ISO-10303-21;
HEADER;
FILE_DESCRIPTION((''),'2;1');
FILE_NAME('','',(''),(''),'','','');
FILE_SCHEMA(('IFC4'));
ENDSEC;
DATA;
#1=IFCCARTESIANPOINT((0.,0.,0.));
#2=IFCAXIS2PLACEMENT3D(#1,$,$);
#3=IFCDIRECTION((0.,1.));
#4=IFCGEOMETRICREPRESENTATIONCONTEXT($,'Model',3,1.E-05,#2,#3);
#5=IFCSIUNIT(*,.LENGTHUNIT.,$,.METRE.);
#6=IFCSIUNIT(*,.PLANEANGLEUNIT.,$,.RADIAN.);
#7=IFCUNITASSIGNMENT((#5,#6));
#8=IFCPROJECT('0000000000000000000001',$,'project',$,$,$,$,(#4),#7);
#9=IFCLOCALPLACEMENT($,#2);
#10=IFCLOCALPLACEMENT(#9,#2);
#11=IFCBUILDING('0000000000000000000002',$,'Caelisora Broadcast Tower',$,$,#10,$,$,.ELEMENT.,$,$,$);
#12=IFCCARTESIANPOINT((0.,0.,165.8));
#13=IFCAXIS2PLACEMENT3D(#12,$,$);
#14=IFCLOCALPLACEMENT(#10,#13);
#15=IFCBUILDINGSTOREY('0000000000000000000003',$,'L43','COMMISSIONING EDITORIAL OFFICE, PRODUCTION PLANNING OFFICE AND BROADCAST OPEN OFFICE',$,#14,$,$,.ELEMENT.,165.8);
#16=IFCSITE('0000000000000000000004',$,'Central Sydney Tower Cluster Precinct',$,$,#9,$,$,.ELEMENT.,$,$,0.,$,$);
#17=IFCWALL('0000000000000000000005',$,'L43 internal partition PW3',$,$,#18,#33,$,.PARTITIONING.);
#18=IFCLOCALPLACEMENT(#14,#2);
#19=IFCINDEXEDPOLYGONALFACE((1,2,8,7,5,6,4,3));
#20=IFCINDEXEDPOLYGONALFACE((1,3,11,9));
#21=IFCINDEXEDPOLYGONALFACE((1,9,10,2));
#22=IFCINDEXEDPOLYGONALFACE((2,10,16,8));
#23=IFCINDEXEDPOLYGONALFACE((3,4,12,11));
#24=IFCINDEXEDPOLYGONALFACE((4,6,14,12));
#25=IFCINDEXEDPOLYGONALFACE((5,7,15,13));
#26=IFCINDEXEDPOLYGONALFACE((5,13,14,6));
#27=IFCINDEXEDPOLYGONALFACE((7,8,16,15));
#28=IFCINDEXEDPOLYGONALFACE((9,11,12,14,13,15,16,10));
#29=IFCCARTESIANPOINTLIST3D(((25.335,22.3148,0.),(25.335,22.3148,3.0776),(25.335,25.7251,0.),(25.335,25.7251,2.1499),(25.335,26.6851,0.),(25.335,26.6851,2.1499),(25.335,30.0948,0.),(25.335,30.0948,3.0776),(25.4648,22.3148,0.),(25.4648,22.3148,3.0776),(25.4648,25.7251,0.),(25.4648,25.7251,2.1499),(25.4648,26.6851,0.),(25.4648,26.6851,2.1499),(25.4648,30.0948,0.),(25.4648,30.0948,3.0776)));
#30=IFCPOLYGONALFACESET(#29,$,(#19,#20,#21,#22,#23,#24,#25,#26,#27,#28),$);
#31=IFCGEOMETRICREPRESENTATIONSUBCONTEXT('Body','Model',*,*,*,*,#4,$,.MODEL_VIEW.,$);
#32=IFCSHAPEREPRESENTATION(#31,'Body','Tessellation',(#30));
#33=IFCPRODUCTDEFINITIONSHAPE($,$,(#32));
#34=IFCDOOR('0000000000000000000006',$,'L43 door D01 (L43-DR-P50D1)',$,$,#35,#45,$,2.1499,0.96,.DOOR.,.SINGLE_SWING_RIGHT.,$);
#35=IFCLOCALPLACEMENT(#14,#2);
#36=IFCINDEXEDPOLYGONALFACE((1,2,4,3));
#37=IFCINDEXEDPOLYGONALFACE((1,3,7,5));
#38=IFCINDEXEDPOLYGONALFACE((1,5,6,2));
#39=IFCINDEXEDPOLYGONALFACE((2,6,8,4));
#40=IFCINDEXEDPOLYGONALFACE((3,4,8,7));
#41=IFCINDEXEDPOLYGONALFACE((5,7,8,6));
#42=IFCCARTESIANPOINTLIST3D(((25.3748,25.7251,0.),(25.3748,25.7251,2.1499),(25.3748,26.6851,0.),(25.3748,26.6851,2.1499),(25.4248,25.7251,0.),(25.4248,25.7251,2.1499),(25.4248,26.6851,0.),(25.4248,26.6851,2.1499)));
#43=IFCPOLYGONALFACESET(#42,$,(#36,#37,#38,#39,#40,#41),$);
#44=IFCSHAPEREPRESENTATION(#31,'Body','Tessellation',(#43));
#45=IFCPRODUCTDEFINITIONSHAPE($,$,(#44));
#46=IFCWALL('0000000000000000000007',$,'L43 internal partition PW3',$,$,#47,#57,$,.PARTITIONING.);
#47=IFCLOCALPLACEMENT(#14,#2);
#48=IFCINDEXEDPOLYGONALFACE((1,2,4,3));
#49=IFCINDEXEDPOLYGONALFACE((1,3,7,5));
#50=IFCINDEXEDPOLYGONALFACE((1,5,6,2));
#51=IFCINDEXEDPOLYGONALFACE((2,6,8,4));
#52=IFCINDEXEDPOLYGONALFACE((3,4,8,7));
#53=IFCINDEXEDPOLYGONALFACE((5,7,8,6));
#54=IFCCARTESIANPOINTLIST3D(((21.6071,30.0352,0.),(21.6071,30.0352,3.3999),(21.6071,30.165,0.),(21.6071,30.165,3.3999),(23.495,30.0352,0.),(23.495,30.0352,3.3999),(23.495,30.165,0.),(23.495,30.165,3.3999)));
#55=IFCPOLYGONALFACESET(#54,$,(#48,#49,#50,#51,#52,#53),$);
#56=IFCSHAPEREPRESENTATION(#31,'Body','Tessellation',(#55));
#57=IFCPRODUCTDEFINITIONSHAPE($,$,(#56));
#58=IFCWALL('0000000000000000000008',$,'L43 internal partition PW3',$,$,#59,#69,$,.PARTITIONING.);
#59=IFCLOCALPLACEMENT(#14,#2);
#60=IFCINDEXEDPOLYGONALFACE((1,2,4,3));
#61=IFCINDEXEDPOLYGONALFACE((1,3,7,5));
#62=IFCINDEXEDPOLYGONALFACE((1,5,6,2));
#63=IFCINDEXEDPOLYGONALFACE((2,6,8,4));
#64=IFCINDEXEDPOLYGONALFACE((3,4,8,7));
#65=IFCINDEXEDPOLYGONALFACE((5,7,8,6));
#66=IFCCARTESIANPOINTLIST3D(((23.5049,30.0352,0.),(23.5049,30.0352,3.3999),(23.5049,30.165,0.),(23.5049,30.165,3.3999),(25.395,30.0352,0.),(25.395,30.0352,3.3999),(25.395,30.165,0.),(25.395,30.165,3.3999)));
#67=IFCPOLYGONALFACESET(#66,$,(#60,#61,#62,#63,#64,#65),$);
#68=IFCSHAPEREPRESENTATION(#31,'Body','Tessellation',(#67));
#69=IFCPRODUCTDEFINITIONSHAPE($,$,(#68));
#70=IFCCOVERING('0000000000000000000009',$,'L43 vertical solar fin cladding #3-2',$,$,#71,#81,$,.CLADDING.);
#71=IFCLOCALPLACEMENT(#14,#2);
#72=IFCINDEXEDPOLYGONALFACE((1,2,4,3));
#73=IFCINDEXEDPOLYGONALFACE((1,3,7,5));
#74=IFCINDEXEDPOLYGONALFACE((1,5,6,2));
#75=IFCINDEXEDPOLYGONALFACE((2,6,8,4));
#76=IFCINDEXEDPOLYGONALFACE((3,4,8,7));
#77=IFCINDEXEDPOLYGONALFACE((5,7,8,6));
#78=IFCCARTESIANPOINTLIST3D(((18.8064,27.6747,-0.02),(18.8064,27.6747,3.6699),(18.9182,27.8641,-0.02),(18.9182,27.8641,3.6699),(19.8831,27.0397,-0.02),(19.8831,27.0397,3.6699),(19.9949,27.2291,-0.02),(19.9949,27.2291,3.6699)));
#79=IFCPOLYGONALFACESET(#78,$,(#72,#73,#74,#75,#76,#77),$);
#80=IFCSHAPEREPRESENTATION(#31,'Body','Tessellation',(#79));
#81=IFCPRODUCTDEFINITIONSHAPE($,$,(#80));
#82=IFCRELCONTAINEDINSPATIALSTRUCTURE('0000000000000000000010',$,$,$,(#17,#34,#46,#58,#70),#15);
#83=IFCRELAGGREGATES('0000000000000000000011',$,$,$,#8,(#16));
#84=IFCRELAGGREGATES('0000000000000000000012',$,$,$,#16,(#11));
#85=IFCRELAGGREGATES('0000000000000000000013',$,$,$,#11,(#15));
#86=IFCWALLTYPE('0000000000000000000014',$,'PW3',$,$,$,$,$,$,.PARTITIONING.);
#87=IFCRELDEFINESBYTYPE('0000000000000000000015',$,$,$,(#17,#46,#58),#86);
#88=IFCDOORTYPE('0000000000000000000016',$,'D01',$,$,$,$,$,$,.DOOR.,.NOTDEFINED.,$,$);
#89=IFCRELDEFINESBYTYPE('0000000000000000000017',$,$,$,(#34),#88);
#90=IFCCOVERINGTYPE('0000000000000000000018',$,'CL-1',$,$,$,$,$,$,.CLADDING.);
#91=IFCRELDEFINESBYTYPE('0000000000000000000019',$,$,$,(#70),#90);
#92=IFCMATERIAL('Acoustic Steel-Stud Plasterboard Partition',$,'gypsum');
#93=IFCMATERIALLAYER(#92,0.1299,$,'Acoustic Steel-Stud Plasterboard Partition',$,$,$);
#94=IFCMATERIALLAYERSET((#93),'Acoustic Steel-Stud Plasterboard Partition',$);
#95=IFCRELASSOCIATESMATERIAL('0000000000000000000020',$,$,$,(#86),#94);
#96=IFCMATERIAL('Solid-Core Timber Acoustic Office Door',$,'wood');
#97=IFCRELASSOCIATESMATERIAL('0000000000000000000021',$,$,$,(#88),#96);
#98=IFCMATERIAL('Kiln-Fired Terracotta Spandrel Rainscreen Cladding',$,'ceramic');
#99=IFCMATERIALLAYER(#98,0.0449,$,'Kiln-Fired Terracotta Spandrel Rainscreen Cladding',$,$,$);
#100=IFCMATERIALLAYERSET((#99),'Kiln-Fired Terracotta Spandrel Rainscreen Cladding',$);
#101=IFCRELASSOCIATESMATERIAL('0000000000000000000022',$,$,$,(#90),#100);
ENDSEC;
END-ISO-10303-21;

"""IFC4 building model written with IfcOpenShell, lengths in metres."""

from ifc_helpers import new_model, si_unit, direction, frame, frame_2d, origin, origin_2d, place, context, subcontext, project, spatial, rectangle, extrude, source, transform, mapped, material, layer, layer_set, type_object, type_shapes, element, fill, save


model = new_model("IFC4")

# Units and contexts
model_context = context("Model", 3, precision=1e-05, world=origin(), true_north=direction((0.0, 1.0)))
body_context = subcontext(model_context, "Body", "Model", "MODEL_VIEW")
ifc_project = project(units=[si_unit("LENGTHUNIT", "METRE"), si_unit("PLANEANGLEUNIT", "RADIAN")], contexts=[model_context])

# Site, building, storey
site_placement = place(None, origin())
site = spatial("IfcSite", under=ifc_project, at=site_placement, Name="Central Sydney Tower Cluster Precinct", CompositionType="ELEMENT", RefElevation=0.0)
building_placement = place(site_placement, origin())
building = spatial("IfcBuilding", under=site, at=building_placement, Name="Caelisora Broadcast Tower", CompositionType="ELEMENT")
storey_placement = place(building_placement, frame((0.0, 0.0, 165.8)))
storey = spatial("IfcBuildingStorey", under=building, at=storey_placement, Name="L43", Description="COMMISSIONING EDITORIAL OFFICE, PRODUCTION PLANNING OFFICE AND BROADCAST OPEN OFFICE", CompositionType="ELEMENT", Elevation=165.8)

# Wall, opening, door
ifc_material_1 = material(Name="Acoustic Steel-Stud Plasterboard Partition", Category="gypsum")
ifc_layer_1 = layer(ifc_material_1, 0.1299, Name="Acoustic Steel-Stud Plasterboard Partition")
ifc_layer_set_1 = layer_set([ifc_layer_1], Name="Acoustic Steel-Stud Plasterboard Partition")
wall_type_1 = type_object("IfcWallType", Name="PW3", PredefinedType="PARTITIONING", material=ifc_layer_set_1)
wall_1_placement = place(storey_placement, frame((25.3999, 30.095, 0.0), z_axis=(0.0, 0.0, 1.0), x_axis=(0.0, -1.0, 0.0)))
wall_1 = element("IfcWall", 1, at=wall_1_placement, inside=storey, type_object=wall_type_1, Name="L43 internal partition PW3", PredefinedType="PARTITIONING", context=body_context, shape_type="SweptSolid", body=[
    extrude(rectangle(XDim=7.78, YDim=0.1299, at=frame_2d((3.8901, 0.0))), origin(), (0.0, 0.0, 1.0), 3.0776),
])
opening_1_placement = place(wall_1_placement, frame((3.4099, 0.0, 0.0)))
opening_1 = element("IfcOpeningElement", 2, at=opening_1_placement, cuts=wall_1, PredefinedType="OPENING", context=body_context, shape_type="SweptSolid", body=[
    extrude(rectangle(XDim=0.96, YDim=2.1499, at=frame_2d((0.48, 1.075))), frame((0.0, 0.0769, 0.0), z_axis=(0.0, -1.0, 0.0), x_axis=(1.0, 0.0, 0.0)), (0.0, 0.0, 1.0), 0.1538),
])
ifc_material_2 = material(Name="Solid-Core Timber Acoustic Office Door", Category="wood")
door_type_1 = type_object("IfcDoorType", Name="D01", OperationType="NOTDEFINED", PredefinedType="DOOR", material=ifc_material_2)
door_1_placement = place(opening_1_placement, origin())
door_1 = element("IfcDoor", 3, at=door_1_placement, inside=storey, type_object=door_type_1, Name="L43 door D01 (L43-DR-P50D1)", OperationType="SINGLE_SWING_RIGHT", OverallHeight=2.1499, OverallWidth=0.96, PredefinedType="DOOR", context=body_context, shape_type="SweptSolid", body=[
    extrude(rectangle(XDim=0.96, YDim=2.1499, at=frame_2d((0.48, 1.075))), frame((0.0, 0.0249, 0.0), z_axis=(0.0, -1.0, 0.0), x_axis=(1.0, 0.0, 0.0)), (0.0, 0.0, 1.0), 0.05),
])
fill(opening_1, door_1)

# Walls
wall_2_placement = place(storey_placement, frame((21.6072, 30.1001, 0.0), z_axis=(0.0, 0.0, 1.0), x_axis=(1.0, 0.0, 0.0)))
element("IfcWall", 4, at=wall_2_placement, inside=storey, type_object=wall_type_1, Name="L43 internal partition PW3", PredefinedType="PARTITIONING", context=body_context, shape_type="SweptSolid", body=[
    extrude(rectangle(XDim=1.8879, YDim=0.1299, at=frame_2d((0.9438, 0.0))), origin(), (0.0, 0.0, 1.0), 3.3999),
])
wall_3_placement = place(storey_placement, frame((23.5049, 30.1001, 0.0), z_axis=(0.0, 0.0, 1.0), x_axis=(1.0, 0.0, 0.0)))
element("IfcWall", 5, at=wall_3_placement, inside=storey, type_object=wall_type_1, Name="L43 internal partition PW3", PredefinedType="PARTITIONING", context=body_context, shape_type="SweptSolid", body=[
    extrude(rectangle(XDim=1.8901, YDim=0.1299, at=frame_2d((0.9451, 0.0))), origin(), (0.0, 0.0, 1.0), 3.3999),
])

# Covering
ifc_material_3 = material(Name="Kiln-Fired Terracotta Spandrel Rainscreen Cladding", Category="ceramic")
ifc_layer_2 = layer(ifc_material_3, 0.0449, Name="Kiln-Fired Terracotta Spandrel Rainscreen Cladding")
ifc_layer_set_2 = layer_set([ifc_layer_2], Name="Kiln-Fired Terracotta Spandrel Rainscreen Cladding")
covering_type = type_object("IfcCoveringType", Name="CL-1", PredefinedType="CLADDING", material=ifc_layer_set_2)
shared_shape_1 = source(origin(), body_context, "Body", "SweptSolid", [
    extrude(rectangle(XDim=0.22, YDim=1.25, at=origin_2d()), origin(), (0.0, 0.0, 1.0), 3.6899),
])
type_shapes(covering_type, [shared_shape_1])
covering_placement = place(storey_placement, frame((19.4006, 27.4519, -0.02), z_axis=(0.0, 0.0, 1.0), x_axis=(0.507989, 0.861363, 0.0)))
element("IfcCovering", 6, at=covering_placement, inside=storey, type_object=covering_type, Name="L43 vertical solar fin cladding #3-2", PredefinedType="CLADDING", context=body_context, shape_type="MappedRepresentation", body=[
    mapped(shared_shape_1, transform((0.0, 0.0, 0.0), scale=1.0)),
])

save(model, "model.ifc")
